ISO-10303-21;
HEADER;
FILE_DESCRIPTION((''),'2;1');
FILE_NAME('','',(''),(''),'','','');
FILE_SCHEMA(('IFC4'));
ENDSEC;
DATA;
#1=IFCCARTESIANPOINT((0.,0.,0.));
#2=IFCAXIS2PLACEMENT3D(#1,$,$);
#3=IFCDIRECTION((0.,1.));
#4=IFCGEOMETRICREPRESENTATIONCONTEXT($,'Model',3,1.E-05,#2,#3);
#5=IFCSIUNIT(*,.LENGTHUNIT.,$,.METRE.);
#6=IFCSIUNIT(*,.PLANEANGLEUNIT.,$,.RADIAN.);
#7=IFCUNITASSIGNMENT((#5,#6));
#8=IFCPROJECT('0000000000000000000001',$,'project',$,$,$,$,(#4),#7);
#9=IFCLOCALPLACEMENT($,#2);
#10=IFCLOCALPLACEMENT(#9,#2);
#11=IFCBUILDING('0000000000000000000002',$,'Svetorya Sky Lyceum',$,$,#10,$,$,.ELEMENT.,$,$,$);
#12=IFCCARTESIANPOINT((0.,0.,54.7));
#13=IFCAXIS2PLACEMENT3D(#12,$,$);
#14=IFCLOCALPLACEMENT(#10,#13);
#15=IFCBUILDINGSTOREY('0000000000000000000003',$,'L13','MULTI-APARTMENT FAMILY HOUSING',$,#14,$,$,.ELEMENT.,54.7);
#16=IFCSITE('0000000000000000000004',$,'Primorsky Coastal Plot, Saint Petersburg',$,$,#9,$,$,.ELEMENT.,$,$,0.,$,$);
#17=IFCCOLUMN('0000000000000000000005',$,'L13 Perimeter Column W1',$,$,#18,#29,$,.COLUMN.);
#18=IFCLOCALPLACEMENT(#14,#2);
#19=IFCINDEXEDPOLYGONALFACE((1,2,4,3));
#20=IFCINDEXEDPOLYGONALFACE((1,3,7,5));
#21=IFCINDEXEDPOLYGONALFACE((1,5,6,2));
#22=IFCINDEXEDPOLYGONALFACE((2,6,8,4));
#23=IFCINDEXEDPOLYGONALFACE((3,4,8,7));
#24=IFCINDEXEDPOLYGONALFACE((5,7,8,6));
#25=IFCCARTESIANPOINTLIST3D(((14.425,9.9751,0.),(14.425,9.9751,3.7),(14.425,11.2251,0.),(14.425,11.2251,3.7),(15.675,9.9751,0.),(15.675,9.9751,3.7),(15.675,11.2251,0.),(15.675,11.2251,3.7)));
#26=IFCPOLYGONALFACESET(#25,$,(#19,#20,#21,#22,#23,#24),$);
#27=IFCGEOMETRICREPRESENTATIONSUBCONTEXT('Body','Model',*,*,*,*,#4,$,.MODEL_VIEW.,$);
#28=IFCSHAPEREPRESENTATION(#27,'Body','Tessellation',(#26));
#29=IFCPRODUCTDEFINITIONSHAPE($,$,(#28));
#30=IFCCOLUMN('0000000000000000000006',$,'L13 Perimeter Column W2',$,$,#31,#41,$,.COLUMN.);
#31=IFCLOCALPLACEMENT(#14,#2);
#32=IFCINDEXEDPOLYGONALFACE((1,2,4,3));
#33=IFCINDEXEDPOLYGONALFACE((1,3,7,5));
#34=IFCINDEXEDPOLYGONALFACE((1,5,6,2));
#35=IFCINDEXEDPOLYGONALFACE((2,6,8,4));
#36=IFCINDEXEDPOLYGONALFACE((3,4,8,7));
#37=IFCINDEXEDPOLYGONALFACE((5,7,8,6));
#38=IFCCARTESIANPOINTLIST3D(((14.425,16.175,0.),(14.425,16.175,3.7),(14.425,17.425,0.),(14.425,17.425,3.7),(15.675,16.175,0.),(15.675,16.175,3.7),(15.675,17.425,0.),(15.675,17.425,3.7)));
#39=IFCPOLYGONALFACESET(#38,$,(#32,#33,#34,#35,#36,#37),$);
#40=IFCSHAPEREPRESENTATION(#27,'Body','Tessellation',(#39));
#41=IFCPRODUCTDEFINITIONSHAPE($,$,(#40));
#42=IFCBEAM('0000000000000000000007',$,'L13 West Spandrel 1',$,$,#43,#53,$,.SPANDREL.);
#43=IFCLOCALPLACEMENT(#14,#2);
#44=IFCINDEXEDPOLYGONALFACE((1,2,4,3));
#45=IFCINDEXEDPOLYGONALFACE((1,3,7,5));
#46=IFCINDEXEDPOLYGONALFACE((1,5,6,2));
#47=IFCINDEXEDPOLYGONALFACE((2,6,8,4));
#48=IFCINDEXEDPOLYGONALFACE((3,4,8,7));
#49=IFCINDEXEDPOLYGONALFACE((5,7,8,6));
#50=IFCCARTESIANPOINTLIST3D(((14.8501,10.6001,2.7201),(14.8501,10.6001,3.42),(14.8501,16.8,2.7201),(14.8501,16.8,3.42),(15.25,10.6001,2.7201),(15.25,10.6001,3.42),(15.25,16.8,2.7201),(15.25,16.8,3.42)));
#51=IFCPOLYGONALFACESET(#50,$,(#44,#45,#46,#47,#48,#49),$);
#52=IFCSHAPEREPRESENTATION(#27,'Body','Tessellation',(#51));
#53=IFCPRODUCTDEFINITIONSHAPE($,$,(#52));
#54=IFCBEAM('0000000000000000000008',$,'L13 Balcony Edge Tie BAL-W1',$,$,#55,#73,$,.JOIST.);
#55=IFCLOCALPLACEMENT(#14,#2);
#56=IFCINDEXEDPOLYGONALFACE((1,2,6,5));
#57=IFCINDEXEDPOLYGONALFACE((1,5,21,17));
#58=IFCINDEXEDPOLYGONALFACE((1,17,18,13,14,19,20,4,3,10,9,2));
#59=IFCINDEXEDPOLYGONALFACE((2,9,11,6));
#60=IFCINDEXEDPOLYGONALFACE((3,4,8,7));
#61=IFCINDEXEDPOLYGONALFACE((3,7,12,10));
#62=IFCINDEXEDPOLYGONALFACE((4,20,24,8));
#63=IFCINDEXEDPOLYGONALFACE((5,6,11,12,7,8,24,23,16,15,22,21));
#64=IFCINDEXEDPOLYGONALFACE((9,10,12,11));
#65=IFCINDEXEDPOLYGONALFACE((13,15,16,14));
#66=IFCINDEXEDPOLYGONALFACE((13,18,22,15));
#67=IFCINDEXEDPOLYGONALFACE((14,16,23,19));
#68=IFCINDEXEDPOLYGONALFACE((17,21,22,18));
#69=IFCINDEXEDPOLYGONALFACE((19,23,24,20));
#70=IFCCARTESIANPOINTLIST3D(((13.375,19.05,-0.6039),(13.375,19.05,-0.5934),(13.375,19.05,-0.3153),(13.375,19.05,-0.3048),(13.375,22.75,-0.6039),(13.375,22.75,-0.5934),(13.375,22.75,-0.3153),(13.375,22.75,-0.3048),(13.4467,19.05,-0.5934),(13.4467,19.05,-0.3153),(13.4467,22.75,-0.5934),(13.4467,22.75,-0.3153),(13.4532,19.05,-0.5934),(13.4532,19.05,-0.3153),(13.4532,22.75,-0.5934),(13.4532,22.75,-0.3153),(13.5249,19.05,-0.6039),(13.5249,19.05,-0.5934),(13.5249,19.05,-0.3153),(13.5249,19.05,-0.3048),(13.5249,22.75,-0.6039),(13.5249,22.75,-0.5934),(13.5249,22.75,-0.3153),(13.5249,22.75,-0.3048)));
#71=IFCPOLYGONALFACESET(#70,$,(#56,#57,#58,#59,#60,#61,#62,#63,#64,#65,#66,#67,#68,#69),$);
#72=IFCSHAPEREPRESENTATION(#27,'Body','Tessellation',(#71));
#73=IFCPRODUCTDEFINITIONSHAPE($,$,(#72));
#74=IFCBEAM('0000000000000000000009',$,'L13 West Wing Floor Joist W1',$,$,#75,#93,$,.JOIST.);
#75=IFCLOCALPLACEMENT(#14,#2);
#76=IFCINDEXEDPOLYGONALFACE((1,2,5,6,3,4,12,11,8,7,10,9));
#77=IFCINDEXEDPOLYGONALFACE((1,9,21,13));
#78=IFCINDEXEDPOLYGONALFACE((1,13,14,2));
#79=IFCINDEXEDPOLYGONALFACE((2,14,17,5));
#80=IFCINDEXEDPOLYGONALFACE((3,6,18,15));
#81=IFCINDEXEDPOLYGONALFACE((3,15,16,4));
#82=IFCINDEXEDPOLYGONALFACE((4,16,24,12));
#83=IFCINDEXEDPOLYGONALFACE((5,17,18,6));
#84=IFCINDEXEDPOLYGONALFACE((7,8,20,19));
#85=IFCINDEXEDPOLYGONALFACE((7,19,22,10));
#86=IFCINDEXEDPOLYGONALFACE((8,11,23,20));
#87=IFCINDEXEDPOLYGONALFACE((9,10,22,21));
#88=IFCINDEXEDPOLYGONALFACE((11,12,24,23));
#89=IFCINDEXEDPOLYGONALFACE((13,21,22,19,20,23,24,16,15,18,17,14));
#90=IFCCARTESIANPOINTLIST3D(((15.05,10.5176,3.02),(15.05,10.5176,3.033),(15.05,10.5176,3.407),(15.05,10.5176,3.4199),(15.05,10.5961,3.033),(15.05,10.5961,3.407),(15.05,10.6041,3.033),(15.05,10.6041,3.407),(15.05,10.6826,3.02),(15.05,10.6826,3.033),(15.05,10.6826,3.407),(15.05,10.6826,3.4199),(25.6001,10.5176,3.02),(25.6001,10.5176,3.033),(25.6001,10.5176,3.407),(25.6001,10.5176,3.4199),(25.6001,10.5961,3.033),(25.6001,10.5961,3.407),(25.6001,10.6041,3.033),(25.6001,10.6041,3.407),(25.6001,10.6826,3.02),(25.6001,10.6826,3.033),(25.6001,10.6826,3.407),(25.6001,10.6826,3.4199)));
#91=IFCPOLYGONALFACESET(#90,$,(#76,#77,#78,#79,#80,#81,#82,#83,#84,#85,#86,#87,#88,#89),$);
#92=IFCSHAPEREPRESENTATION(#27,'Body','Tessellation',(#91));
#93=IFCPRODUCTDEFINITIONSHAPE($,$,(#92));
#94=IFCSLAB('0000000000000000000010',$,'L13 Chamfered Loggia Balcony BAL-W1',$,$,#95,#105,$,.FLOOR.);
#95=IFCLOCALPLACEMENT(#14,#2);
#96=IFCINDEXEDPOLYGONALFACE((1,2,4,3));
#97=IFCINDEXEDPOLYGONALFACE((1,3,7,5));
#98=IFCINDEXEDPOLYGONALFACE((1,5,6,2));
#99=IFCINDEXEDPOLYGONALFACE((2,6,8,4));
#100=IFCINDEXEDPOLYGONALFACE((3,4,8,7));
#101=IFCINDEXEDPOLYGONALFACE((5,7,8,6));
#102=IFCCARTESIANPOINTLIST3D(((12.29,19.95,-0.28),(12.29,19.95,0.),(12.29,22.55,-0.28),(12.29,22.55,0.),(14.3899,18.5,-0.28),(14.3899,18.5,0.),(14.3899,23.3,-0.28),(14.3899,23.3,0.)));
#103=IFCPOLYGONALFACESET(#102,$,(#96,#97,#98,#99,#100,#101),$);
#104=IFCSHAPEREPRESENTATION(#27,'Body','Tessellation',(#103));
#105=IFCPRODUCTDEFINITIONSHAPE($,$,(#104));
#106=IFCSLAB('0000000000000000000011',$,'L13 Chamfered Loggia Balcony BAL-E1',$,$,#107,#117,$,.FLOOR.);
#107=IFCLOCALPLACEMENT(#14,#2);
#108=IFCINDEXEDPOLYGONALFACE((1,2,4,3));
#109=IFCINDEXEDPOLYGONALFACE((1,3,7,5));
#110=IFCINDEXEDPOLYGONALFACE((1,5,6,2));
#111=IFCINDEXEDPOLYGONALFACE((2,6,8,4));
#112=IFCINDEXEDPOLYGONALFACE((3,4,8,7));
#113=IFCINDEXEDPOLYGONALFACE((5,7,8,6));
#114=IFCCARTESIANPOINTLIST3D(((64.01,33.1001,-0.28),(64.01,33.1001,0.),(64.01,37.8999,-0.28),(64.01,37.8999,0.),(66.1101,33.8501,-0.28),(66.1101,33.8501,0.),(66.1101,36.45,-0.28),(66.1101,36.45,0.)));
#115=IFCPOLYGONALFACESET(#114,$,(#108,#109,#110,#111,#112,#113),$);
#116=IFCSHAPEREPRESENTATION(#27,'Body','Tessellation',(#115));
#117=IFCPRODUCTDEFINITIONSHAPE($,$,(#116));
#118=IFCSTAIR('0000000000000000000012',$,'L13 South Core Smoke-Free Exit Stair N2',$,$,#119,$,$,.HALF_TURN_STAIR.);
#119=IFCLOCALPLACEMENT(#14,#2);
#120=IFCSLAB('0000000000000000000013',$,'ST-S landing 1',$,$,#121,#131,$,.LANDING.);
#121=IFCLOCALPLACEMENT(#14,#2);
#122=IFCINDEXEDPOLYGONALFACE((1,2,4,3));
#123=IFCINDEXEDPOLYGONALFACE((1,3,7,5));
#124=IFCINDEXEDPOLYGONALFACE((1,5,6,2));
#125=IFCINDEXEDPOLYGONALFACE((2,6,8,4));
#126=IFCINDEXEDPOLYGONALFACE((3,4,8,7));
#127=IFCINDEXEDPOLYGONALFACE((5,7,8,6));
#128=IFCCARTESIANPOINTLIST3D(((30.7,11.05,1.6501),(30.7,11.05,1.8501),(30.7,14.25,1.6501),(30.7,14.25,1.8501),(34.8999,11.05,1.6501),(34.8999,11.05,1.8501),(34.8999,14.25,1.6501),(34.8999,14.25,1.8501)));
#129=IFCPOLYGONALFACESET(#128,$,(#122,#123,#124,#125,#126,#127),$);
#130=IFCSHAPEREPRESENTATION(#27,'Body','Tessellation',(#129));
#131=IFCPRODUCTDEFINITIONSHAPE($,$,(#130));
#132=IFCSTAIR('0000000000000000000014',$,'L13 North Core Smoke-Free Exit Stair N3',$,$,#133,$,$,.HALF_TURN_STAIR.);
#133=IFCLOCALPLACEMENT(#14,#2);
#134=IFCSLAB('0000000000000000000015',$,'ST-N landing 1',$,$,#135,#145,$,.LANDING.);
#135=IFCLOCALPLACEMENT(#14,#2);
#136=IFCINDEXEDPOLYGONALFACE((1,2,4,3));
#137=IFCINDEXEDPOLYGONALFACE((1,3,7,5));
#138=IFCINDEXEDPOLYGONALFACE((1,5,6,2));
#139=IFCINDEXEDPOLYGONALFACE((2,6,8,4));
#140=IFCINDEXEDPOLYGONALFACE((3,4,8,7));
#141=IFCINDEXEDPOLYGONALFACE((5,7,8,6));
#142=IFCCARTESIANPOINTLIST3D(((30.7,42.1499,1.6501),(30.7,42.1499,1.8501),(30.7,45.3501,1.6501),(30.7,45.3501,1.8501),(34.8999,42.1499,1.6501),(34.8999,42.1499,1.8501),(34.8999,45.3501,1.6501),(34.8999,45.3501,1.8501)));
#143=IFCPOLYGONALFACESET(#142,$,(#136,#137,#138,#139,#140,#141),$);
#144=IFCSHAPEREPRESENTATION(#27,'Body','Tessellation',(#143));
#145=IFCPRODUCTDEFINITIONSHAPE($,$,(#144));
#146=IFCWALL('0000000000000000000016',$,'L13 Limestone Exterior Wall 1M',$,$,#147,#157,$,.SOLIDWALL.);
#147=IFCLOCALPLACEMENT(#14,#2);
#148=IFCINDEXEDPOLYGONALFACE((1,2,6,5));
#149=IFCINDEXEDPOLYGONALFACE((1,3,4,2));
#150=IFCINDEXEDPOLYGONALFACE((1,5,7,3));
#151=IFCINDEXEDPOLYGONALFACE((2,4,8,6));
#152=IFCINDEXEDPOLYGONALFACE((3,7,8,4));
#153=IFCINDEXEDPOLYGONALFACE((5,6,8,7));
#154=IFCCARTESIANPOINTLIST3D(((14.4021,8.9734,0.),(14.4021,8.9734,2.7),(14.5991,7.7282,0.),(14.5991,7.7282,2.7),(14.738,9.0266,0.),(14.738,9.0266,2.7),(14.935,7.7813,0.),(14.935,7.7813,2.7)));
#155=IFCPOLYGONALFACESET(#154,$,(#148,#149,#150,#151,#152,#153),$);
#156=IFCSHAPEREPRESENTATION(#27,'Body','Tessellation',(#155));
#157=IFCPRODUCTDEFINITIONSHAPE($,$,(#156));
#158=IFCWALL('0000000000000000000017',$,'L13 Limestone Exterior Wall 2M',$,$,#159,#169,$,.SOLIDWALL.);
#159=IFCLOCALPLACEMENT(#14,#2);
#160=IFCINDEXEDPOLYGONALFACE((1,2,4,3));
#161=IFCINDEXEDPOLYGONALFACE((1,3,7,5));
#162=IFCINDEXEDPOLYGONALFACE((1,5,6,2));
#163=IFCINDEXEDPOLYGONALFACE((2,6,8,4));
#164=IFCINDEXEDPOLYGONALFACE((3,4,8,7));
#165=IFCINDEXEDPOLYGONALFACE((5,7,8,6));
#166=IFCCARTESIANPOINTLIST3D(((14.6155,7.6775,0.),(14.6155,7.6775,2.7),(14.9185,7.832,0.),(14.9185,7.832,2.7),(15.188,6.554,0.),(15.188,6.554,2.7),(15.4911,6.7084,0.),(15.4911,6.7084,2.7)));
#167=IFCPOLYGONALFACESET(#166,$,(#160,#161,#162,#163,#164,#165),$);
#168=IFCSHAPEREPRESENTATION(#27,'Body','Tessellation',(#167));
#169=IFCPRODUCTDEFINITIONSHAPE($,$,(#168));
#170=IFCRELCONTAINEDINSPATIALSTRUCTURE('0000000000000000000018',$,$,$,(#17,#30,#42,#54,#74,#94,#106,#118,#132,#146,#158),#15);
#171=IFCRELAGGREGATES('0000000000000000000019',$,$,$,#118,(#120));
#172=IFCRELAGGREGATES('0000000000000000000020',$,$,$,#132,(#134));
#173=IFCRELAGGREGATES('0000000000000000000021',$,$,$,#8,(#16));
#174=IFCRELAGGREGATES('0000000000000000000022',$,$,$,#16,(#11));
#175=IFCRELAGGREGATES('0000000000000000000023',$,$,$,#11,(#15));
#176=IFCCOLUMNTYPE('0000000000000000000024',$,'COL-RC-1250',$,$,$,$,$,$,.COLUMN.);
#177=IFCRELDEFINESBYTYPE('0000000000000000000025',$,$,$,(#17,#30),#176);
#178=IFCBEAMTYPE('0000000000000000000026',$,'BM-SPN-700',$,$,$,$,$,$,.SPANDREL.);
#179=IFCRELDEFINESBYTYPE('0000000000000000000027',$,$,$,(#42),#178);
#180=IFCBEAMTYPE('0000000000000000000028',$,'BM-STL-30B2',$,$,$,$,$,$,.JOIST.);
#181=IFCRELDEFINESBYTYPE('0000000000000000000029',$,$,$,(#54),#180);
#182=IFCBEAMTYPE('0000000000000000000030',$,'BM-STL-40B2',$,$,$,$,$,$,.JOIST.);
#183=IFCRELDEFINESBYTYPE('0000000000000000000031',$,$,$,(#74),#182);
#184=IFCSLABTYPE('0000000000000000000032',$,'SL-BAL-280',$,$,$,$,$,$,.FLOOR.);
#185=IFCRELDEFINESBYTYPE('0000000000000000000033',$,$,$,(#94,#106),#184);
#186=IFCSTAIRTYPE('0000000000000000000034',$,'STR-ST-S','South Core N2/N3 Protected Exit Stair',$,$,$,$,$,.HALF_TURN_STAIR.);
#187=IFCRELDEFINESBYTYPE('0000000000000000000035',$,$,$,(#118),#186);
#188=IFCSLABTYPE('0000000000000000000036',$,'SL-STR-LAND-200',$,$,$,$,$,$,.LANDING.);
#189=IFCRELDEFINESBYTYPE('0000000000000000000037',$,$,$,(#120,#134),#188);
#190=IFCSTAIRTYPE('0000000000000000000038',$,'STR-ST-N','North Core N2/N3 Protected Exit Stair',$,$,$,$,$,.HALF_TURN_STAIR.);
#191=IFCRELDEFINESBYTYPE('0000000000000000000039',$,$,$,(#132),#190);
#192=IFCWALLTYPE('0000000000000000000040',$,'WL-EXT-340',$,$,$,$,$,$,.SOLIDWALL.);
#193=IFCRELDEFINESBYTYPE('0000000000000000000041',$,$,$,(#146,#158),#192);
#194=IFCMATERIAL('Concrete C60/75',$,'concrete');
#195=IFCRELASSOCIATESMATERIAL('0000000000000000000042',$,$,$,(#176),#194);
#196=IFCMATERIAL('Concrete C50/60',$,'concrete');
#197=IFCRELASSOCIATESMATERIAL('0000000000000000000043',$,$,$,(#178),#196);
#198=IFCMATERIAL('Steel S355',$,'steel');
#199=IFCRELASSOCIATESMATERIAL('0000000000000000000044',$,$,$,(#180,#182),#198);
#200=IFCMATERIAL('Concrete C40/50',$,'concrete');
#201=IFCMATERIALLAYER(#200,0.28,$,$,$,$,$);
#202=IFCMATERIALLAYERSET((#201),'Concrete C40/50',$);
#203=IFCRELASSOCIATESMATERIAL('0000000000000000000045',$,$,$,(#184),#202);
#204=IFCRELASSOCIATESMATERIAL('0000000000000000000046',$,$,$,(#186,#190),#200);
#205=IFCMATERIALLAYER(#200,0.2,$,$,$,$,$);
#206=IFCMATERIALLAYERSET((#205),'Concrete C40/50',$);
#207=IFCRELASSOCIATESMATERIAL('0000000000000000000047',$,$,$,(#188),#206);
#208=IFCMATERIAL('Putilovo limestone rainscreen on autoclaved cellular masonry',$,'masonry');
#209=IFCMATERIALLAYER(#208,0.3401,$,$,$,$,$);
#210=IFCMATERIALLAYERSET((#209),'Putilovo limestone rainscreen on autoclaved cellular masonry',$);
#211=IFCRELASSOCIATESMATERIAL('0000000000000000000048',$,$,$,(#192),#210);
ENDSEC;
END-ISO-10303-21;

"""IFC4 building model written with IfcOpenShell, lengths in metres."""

from ifc_helpers import new_model, si_unit, direction, frame, frame_2d, origin, origin_2d, place, context, subcontext, project, spatial, polyline, rectangle, i_section, outline, extrude, material, layer, layer_set, material_profile, profile_set, type_object, element, aggregate, save


model = new_model("IFC4")

# Units and contexts
model_context = context("Model", 3, precision=1e-05, world=origin(), true_north=direction((0.0, 1.0)))
body_context = subcontext(model_context, "Body", "Model", "MODEL_VIEW")
ifc_project = project(units=[si_unit("LENGTHUNIT", "METRE"), si_unit("PLANEANGLEUNIT", "RADIAN")], contexts=[model_context])

# Site, building, storey
site_placement = place(None, origin())
site = spatial("IfcSite", under=ifc_project, at=site_placement, Name="Primorsky Coastal Plot, Saint Petersburg", CompositionType="ELEMENT", RefElevation=0.0)
building_placement = place(site_placement, origin())
building = spatial("IfcBuilding", under=site, at=building_placement, Name="Svetorya Sky Lyceum", CompositionType="ELEMENT")
storey_placement = place(building_placement, frame((0.0, 0.0, 54.7)))
storey = spatial("IfcBuildingStorey", under=building, at=storey_placement, Name="L13", Description="MULTI-APARTMENT FAMILY HOUSING", CompositionType="ELEMENT", Elevation=54.7)

# Columns
ifc_material_1 = material(Name="Concrete C60/75", Category="concrete")
ifc_material_profile_1 = material_profile(ifc_material_1, rectangle(XDim=1.25, YDim=1.25, at=origin_2d()), Name="RC COL 1250x1250")
ifc_profile_set_1 = profile_set([ifc_material_profile_1], Name="Concrete C60/75")
column_type = type_object("IfcColumnType", Name="COL-RC-1250", PredefinedType="COLUMN", material=ifc_profile_set_1)
for number, where, z_axis, x_axis, name in (
    (1, (15.05, 10.6001, 0.0), (0.0, 0.0, 1.0), (1.0, 0.0, 0.0), "L13 Perimeter Column W1"),
    (2, (15.05, 16.8, 0.0), (0.0, 0.0, 1.0), (1.0, 0.0, 0.0), "L13 Perimeter Column W2"),
):
    element("IfcColumn", number, at=place(storey_placement, frame(where, z_axis=z_axis, x_axis=x_axis)), inside=storey, type_object=column_type, Name=name, PredefinedType="COLUMN", context=body_context, shape_type="SweptSolid", body=[
        extrude(rectangle(XDim=1.25, YDim=1.25, at=origin_2d()), origin(), (0.0, 0.0, 1.0), 3.7),
    ])

# Beams
ifc_material_2 = material(Name="Concrete C50/60", Category="concrete")
ifc_material_profile_2 = material_profile(ifc_material_2, rectangle(XDim=0.3999, YDim=0.7, at=origin_2d()), Name="RC SPANDREL 400x700")
ifc_profile_set_2 = profile_set([ifc_material_profile_2], Name="Concrete C50/60")
beam_type_1 = type_object("IfcBeamType", Name="BM-SPN-700", PredefinedType="SPANDREL", material=ifc_profile_set_2)
beam_1_placement = place(storey_placement, frame((15.05, 10.6001, 3.0701), z_axis=(0.0, 1.0, 0.0), x_axis=(-1.0, 0.0, 0.0)))
element("IfcBeam", 3, at=beam_1_placement, inside=storey, type_object=beam_type_1, Name="L13 West Spandrel 1", PredefinedType="SPANDREL", context=body_context, shape_type="SweptSolid", body=[
    extrude(rectangle(XDim=0.3999, YDim=0.7, at=origin_2d()), origin(), (0.0, 0.0, 1.0), 6.2),
])
ifc_material_3 = material(Name="Steel S355", Category="steel")
ifc_material_profile_3 = material_profile(ifc_material_3, i_section(OverallWidth=0.1499, OverallDepth=0.2991, WebThickness=0.0066, FlangeThickness=0.0105, at=origin_2d()), Name="GOST 30B2")
ifc_profile_set_3 = profile_set([ifc_material_profile_3], Name="Steel S355")
beam_type_2 = type_object("IfcBeamType", Name="BM-STL-30B2", PredefinedType="JOIST", material=ifc_profile_set_3)
beam_2_placement = place(storey_placement, frame((13.45, 19.05, -0.4543), z_axis=(0.0, 1.0, 0.0), x_axis=(-1.0, 0.0, 0.0)))
element("IfcBeam", 4, at=beam_2_placement, inside=storey, type_object=beam_type_2, Name="L13 Balcony Edge Tie BAL-W1", PredefinedType="JOIST", context=body_context, shape_type="SweptSolid", body=[
    extrude(i_section(OverallWidth=0.1499, OverallDepth=0.2991, WebThickness=0.0066, FlangeThickness=0.0105, at=origin_2d()), origin(), (0.0, 0.0, 1.0), 3.7),
])
ifc_material_profile_4 = material_profile(ifc_material_3, i_section(OverallWidth=0.165, OverallDepth=0.3999, WebThickness=0.0081, FlangeThickness=0.0129, at=origin_2d()), Name="GOST 40B2")
ifc_profile_set_4 = profile_set([ifc_material_profile_4], Name="Steel S355")
beam_type_3 = type_object("IfcBeamType", Name="BM-STL-40B2", PredefinedType="JOIST", material=ifc_profile_set_4)
beam_3_placement = place(storey_placement, frame((15.05, 10.6001, 3.22), z_axis=(1.0, 0.0, 0.0), x_axis=(0.0, 1.0, 0.0)))
element("IfcBeam", 5, at=beam_3_placement, inside=storey, type_object=beam_type_3, Name="L13 West Wing Floor Joist W1", PredefinedType="JOIST", context=body_context, shape_type="SweptSolid", body=[
    extrude(i_section(OverallWidth=0.165, OverallDepth=0.3999, WebThickness=0.0081, FlangeThickness=0.0129, at=origin_2d()), origin(), (0.0, 0.0, 1.0), 10.55),
])

# Slabs
ifc_material_4 = material(Name="Concrete C40/50", Category="concrete")
ifc_layer_1 = layer(ifc_material_4, 0.28)
ifc_layer_set_1 = layer_set([ifc_layer_1], Name="Concrete C40/50")
slab_type_1 = type_object("IfcSlabType", Name="SL-BAL-280", PredefinedType="FLOOR", material=ifc_layer_set_1)
slab_1_placement = place(storey_placement, frame((0.0, 0.0, -0.28)))
element("IfcSlab", 6, at=slab_1_placement, inside=storey, type_object=slab_type_1, Name="L13 Chamfered Loggia Balcony BAL-W1", PredefinedType="FLOOR", context=body_context, shape_type="SweptSolid", body=[
    extrude(outline(polyline([(14.3899, 18.5), (14.3899, 23.3), (12.29, 22.55), (12.29, 19.95), (14.3899, 18.5)])), origin(), (0.0, 0.0, 1.0), 0.28),
])
slab_2_placement = place(storey_placement, frame((0.0, 0.0, -0.28)))
element("IfcSlab", 7, at=slab_2_placement, inside=storey, type_object=slab_type_1, Name="L13 Chamfered Loggia Balcony BAL-E1", PredefinedType="FLOOR", context=body_context, shape_type="SweptSolid", body=[
    extrude(outline(polyline([(64.01, 33.1001), (66.1101, 33.8501), (66.1101, 36.45), (64.01, 37.8999), (64.01, 33.1001)])), origin(), (0.0, 0.0, 1.0), 0.28),
])

# Stairs, slabs
stair_type_1 = type_object("IfcStairType", Name="STR-ST-S", Description="South Core N2/N3 Protected Exit Stair", PredefinedType="HALF_TURN_STAIR", material=ifc_material_4)
stair_1_placement = place(storey_placement, origin())
stair_1 = element("IfcStair", 8, at=stair_1_placement, inside=storey, type_object=stair_type_1, Name="L13 South Core Smoke-Free Exit Stair N2", PredefinedType="HALF_TURN_STAIR")
ifc_layer_2 = layer(ifc_material_4, 0.2)
ifc_layer_set_2 = layer_set([ifc_layer_2], Name="Concrete C40/50")
slab_type_2 = type_object("IfcSlabType", Name="SL-STR-LAND-200", PredefinedType="LANDING", material=ifc_layer_set_2)
slab_3_placement = place(storey_placement, frame((0.0, 0.0, 1.6501)))
slab_3 = element("IfcSlab", 9, at=slab_3_placement, type_object=slab_type_2, Name="ST-S landing 1", PredefinedType="LANDING", context=body_context, shape_type="SweptSolid", body=[
    extrude(outline(polyline([(30.7, 11.05), (34.8999, 11.05), (34.8999, 14.25), (30.7, 14.25), (30.7, 11.05)])), origin(), (0.0, 0.0, 1.0), 0.2),
])
aggregate(stair_1, [slab_3])
stair_type_2 = type_object("IfcStairType", Name="STR-ST-N", Description="North Core N2/N3 Protected Exit Stair", PredefinedType="HALF_TURN_STAIR", material=ifc_material_4)
stair_2_placement = place(storey_placement, origin())
stair_2 = element("IfcStair", 10, at=stair_2_placement, inside=storey, type_object=stair_type_2, Name="L13 North Core Smoke-Free Exit Stair N3", PredefinedType="HALF_TURN_STAIR")
slab_4_placement = place(storey_placement, frame((0.0, 0.0, 1.6501)))
slab_4 = element("IfcSlab", 11, at=slab_4_placement, type_object=slab_type_2, Name="ST-N landing 1", PredefinedType="LANDING", context=body_context, shape_type="SweptSolid", body=[
    extrude(outline(polyline([(30.7, 42.1499), (34.8999, 42.1499), (34.8999, 45.3501), (30.7, 45.3501), (30.7, 42.1499)])), origin(), (0.0, 0.0, 1.0), 0.2),
])
aggregate(stair_2, [slab_4])

# Walls
ifc_material_5 = material(Name="Putilovo limestone rainscreen on autoclaved cellular masonry", Category="masonry")
ifc_layer_3 = layer(ifc_material_5, 0.3401)
ifc_layer_set_3 = layer_set([ifc_layer_3], Name="Putilovo limestone rainscreen on autoclaved cellular masonry")
wall_type_1 = type_object("IfcWallType", Name="WL-EXT-340", PredefinedType="SOLIDWALL", material=ifc_layer_set_3)
wall_1_placement = place(storey_placement, frame((14.5701, 9.0, 0.0), z_axis=(0.0, 0.0, 1.0), x_axis=(0.156261, -0.987716, 0.0)))
element("IfcWall", 12, at=wall_1_placement, inside=storey, type_object=wall_type_1, Name="L13 Limestone Exterior Wall 1M", PredefinedType="SOLIDWALL", context=body_context, shape_type="SweptSolid", body=[
    extrude(rectangle(XDim=1.2607, YDim=0.3401, at=frame_2d((0.6304, 0.0))), origin(), (0.0, 0.0, 1.0), 2.7),
])
wall_2_placement = place(storey_placement, frame((14.7671, 7.7546, 0.0), z_axis=(0.0, 0.0, 1.0), x_axis=(0.454016, -0.890994, 0.0)))
element("IfcWall", 13, at=wall_2_placement, inside=storey, type_object=wall_type_1, Name="L13 Limestone Exterior Wall 2M", PredefinedType="SOLIDWALL", context=body_context, shape_type="SweptSolid", body=[
    extrude(rectangle(XDim=1.261, YDim=0.3401, at=frame_2d((0.6304, 0.0))), origin(), (0.0, 0.0, 1.0), 2.7),
])

save(model, "model.ifc")
